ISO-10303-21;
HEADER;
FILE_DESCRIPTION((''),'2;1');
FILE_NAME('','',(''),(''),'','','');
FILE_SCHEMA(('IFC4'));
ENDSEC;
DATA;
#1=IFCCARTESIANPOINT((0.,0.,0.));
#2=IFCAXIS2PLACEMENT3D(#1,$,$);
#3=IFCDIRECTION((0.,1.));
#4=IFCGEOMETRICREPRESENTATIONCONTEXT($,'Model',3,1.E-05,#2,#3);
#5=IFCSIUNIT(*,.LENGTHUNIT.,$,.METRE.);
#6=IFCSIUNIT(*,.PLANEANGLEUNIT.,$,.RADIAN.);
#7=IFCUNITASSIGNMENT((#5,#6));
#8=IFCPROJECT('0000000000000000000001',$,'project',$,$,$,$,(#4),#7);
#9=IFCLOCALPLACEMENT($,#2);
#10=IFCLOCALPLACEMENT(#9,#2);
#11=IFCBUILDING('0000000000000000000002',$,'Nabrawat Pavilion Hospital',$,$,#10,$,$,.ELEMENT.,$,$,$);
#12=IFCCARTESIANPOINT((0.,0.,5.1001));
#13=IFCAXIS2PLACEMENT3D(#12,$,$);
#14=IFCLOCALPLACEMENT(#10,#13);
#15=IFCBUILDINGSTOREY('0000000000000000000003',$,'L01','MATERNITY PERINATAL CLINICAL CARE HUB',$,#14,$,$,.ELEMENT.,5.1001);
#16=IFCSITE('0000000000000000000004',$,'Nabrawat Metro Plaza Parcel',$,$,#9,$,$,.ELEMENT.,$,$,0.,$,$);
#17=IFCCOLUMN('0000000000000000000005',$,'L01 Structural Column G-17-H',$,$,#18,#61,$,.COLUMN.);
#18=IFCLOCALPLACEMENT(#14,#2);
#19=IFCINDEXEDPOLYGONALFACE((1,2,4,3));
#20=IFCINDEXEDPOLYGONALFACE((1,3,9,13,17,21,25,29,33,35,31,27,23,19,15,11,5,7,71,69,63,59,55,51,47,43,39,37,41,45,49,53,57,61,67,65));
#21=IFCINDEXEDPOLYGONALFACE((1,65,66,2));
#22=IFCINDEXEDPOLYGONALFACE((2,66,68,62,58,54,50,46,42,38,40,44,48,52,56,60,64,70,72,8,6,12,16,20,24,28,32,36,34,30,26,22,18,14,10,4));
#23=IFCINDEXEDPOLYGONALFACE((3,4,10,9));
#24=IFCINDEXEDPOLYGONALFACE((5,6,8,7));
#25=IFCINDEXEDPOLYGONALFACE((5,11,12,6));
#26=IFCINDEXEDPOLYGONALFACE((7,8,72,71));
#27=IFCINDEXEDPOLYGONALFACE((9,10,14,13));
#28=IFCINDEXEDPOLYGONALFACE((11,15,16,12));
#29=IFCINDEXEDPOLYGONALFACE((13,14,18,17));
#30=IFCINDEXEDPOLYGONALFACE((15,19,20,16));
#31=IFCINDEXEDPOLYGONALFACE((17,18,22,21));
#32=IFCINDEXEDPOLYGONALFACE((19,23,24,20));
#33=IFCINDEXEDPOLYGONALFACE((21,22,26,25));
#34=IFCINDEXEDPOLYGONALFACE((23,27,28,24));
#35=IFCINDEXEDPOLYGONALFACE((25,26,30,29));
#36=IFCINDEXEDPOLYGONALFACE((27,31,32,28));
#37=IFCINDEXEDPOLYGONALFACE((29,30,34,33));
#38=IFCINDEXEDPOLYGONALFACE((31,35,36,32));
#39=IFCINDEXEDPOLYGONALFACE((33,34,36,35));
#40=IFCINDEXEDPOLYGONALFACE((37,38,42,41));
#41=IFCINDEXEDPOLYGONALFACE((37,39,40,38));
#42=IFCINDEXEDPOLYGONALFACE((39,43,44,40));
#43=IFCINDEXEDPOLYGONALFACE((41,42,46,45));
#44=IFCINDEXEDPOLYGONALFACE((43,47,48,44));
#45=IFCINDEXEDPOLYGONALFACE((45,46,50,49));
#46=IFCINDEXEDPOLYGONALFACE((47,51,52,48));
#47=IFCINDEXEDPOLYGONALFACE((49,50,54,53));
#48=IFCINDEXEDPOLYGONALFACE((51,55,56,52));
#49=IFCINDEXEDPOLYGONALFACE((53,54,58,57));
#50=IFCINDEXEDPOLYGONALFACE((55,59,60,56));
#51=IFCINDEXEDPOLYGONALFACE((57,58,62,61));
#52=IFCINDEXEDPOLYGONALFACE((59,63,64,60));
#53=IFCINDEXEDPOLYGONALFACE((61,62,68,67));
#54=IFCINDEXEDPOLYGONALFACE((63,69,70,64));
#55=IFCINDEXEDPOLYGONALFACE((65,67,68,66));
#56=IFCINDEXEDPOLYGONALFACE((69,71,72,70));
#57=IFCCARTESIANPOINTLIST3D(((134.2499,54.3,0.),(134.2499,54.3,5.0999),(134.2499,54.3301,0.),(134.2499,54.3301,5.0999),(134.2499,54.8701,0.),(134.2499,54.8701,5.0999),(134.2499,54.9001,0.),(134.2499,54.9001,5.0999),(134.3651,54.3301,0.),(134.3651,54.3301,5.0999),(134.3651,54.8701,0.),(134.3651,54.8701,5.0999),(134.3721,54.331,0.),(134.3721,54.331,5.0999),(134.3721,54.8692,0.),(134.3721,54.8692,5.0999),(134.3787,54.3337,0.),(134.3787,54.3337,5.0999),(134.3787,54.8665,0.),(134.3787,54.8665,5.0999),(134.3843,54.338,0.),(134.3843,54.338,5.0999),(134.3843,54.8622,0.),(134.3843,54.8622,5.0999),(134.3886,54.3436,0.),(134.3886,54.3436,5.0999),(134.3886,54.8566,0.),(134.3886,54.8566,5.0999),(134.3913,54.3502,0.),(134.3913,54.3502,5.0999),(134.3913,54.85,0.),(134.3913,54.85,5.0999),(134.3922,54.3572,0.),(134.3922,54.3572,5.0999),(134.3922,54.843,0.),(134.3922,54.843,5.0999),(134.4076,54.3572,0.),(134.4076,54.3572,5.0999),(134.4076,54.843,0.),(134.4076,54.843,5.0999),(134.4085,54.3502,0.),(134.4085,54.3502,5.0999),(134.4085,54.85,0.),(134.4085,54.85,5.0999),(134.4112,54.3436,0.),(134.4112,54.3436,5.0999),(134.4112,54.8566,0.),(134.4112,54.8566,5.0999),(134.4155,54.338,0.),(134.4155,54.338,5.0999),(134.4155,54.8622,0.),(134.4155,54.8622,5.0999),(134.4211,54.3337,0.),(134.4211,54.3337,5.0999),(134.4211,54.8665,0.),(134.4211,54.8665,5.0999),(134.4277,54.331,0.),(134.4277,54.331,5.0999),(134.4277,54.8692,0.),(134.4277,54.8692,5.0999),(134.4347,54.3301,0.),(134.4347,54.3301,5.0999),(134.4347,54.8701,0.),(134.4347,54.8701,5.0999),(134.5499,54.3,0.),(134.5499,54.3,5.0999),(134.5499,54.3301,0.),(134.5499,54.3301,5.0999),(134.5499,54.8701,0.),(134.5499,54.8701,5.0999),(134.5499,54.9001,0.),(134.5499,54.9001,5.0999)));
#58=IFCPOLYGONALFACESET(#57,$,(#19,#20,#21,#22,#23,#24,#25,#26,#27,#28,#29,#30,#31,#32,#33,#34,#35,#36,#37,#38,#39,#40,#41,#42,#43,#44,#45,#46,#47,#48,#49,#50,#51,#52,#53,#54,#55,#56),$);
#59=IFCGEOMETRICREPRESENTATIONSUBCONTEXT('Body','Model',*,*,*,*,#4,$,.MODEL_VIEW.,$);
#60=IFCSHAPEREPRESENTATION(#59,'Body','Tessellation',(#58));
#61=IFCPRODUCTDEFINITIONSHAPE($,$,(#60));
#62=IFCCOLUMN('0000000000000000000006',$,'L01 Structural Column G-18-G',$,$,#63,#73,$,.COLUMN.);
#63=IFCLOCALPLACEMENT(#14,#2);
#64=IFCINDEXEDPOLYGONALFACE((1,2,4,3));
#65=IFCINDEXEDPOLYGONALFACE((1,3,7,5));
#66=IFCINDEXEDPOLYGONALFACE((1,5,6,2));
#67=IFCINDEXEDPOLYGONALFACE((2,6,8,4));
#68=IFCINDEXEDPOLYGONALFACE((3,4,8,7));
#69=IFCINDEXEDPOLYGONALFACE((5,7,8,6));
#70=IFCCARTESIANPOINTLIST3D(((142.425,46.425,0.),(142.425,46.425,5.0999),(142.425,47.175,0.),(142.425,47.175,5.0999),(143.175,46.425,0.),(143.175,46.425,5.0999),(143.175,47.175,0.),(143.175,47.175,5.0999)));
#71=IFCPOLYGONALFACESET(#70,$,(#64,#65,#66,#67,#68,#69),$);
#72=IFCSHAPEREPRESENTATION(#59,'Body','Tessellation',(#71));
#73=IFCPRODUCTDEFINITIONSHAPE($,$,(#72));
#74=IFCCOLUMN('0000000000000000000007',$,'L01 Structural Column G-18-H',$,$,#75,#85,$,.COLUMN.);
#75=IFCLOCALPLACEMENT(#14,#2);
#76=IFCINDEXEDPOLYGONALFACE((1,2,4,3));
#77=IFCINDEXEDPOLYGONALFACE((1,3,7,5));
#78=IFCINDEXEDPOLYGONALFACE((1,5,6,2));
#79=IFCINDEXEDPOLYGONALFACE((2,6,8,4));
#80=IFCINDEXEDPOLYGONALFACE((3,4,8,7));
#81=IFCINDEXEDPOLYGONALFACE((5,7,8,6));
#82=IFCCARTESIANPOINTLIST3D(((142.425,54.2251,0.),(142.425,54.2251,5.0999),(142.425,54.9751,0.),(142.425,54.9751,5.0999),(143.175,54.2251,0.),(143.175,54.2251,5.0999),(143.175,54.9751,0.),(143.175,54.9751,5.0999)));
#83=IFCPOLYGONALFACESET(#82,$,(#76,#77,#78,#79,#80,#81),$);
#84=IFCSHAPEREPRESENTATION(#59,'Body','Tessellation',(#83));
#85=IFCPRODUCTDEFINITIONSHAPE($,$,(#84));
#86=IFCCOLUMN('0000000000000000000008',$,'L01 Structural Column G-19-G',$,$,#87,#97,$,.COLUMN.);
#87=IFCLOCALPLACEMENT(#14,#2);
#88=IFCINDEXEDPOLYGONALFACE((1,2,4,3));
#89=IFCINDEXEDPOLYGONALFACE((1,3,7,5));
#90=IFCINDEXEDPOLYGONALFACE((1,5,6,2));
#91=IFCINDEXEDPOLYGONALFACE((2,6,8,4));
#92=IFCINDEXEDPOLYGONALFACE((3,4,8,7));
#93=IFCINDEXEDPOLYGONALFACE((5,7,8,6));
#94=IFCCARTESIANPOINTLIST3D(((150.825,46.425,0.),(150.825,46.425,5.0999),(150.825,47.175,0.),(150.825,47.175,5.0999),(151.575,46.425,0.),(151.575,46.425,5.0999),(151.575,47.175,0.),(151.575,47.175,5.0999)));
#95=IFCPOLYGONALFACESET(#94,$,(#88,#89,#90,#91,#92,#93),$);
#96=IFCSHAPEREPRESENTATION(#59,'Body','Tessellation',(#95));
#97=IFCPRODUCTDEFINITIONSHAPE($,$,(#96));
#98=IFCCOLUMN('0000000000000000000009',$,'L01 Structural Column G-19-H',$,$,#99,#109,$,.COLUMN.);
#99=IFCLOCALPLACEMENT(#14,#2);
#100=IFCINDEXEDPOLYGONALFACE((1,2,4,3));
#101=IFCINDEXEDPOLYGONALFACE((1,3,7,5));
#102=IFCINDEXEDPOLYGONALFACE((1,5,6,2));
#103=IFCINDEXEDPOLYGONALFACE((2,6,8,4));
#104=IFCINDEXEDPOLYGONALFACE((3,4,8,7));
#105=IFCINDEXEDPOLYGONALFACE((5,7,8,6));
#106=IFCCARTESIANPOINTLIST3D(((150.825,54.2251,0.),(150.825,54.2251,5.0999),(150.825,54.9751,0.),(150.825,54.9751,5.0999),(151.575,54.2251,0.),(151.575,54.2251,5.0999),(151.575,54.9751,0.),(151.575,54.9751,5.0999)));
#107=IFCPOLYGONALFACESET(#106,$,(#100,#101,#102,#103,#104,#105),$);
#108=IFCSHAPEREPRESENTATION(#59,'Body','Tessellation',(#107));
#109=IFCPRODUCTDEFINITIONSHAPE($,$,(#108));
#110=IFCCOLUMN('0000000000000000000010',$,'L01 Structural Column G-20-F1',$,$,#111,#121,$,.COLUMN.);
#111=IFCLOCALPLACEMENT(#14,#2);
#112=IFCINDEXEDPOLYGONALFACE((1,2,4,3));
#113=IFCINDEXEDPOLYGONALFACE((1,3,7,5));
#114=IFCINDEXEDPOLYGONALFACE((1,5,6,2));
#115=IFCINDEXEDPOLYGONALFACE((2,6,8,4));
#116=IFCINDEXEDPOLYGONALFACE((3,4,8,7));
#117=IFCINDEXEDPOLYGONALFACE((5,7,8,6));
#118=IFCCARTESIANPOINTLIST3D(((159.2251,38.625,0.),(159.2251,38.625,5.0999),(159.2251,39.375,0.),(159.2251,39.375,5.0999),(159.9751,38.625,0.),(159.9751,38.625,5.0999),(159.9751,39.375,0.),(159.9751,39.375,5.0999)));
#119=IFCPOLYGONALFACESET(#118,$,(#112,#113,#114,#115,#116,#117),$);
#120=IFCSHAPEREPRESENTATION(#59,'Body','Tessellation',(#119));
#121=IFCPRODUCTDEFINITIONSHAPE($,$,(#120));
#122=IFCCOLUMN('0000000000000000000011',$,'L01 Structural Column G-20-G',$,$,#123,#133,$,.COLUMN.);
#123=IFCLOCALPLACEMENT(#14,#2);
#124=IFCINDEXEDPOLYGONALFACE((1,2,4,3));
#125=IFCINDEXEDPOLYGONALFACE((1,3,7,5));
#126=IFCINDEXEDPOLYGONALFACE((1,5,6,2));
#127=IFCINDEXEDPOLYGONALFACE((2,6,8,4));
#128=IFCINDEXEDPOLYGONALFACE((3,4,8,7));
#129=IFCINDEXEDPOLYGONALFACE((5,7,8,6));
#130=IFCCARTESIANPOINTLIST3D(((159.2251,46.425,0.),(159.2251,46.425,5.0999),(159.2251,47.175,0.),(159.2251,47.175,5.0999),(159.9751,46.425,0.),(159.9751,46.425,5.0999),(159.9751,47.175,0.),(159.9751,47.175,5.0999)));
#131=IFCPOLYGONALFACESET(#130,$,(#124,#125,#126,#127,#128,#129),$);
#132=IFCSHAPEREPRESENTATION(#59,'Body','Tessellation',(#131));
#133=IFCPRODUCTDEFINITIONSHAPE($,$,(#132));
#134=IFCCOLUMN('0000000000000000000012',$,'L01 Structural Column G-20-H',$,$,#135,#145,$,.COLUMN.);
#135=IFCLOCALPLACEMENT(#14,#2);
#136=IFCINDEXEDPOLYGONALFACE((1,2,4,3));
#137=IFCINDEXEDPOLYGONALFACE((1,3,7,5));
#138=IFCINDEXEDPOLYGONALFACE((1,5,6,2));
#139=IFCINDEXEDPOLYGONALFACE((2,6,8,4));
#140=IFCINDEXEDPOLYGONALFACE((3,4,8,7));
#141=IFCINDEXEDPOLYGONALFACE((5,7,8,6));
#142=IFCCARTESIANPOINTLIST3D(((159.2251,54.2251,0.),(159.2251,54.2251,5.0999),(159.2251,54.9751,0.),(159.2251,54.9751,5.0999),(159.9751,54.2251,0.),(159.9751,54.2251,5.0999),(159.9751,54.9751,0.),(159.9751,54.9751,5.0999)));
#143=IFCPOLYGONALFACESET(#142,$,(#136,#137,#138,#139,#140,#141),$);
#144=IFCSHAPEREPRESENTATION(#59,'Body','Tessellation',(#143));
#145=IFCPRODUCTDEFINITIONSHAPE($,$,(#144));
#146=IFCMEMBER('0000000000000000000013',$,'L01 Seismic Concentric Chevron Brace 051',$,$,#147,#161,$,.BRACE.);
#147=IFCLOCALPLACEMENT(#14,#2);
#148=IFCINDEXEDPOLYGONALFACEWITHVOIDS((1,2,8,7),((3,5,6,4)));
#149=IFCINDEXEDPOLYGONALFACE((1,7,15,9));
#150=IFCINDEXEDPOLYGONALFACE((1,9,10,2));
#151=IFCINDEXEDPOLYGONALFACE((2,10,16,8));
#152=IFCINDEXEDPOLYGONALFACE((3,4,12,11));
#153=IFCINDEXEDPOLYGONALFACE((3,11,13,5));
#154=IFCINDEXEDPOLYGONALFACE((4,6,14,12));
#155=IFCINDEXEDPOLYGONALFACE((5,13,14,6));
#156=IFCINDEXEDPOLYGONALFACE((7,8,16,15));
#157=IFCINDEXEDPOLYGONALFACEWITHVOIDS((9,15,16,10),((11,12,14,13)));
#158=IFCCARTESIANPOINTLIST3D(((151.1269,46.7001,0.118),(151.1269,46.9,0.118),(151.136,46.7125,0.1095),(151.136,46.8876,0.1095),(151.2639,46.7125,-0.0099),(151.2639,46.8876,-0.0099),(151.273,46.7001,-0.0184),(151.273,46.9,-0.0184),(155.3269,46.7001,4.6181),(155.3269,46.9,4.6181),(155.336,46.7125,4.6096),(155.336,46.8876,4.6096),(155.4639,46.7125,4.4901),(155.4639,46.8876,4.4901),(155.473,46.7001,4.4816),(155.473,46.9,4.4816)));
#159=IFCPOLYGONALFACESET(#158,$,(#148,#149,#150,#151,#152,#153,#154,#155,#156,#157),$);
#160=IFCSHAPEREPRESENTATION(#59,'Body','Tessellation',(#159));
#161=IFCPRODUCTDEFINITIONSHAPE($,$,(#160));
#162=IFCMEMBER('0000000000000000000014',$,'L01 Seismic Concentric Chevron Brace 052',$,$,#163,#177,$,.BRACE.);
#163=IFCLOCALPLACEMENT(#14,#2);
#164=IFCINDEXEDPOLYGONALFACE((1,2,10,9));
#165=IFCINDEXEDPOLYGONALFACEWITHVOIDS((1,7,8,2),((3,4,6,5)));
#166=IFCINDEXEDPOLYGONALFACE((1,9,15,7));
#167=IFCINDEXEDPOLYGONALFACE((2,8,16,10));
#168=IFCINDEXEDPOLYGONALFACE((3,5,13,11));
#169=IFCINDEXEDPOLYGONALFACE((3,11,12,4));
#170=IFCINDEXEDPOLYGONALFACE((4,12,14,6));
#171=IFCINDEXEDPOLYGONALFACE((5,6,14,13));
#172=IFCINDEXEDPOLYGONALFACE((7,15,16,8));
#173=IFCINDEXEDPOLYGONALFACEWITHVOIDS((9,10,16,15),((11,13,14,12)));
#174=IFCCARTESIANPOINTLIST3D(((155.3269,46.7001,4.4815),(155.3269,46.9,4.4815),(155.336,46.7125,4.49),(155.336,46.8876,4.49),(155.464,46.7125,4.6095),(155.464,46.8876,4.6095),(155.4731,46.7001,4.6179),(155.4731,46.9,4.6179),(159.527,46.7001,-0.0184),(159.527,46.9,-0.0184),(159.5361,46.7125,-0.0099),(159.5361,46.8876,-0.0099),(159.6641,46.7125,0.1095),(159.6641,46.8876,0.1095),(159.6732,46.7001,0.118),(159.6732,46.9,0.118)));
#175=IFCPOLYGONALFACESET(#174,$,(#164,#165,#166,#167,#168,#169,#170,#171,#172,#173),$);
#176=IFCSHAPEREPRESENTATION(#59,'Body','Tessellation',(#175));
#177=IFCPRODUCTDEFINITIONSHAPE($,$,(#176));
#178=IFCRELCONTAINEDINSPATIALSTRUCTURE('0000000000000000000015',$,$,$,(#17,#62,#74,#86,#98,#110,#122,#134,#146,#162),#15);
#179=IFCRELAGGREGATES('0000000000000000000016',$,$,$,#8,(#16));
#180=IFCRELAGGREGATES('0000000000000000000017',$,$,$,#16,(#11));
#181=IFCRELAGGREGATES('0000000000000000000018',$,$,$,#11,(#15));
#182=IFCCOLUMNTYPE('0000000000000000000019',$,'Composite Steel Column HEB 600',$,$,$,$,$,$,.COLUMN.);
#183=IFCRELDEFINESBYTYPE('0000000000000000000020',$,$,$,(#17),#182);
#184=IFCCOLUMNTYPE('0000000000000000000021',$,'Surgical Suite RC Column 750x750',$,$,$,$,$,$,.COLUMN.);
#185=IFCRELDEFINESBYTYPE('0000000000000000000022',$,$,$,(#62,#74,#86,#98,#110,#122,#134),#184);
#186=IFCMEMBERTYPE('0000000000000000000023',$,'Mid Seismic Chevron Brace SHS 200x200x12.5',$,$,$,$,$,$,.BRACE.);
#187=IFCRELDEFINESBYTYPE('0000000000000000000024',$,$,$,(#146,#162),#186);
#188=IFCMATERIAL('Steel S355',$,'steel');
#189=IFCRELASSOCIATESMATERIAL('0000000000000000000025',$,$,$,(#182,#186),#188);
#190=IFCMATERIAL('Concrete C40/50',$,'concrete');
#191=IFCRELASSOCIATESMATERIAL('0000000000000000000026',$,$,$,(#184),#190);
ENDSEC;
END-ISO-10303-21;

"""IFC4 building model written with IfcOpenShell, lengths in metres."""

from ifc_helpers import new_model, si_unit, direction, frame, origin, origin_2d, place, context, subcontext, project, spatial, rectangle, hollow_rectangle, i_section, extrude, material, material_profile, profile_set, type_object, element, save


model = new_model("IFC4")

# Units and contexts
model_context = context("Model", 3, precision=1e-05, world=origin(), true_north=direction((0.0, 1.0)))
body_context = subcontext(model_context, "Body", "Model", "MODEL_VIEW")
ifc_project = project(units=[si_unit("LENGTHUNIT", "METRE"), si_unit("PLANEANGLEUNIT", "RADIAN")], contexts=[model_context])

# Site, building, storey
site_placement = place(None, origin())
site = spatial("IfcSite", under=ifc_project, at=site_placement, Name="Nabrawat Metro Plaza Parcel", CompositionType="ELEMENT", RefElevation=0.0)
building_placement = place(site_placement, origin())
building = spatial("IfcBuilding", under=site, at=building_placement, Name="Nabrawat Pavilion Hospital", CompositionType="ELEMENT")
storey_placement = place(building_placement, frame((0.0, 0.0, 5.1001)))
storey = spatial("IfcBuildingStorey", under=building, at=storey_placement, Name="L01", Description="MATERNITY PERINATAL CLINICAL CARE HUB", CompositionType="ELEMENT", Elevation=5.1001)

# Columns
ifc_material_1 = material(Name="Steel S355", Category="steel")
ifc_material_profile_1 = material_profile(ifc_material_1, i_section(OverallWidth=0.3, OverallDepth=0.6001, WebThickness=0.0154, FlangeThickness=0.03, FilletRadius=0.0271, at=origin_2d()), Name="HEB 600")
ifc_profile_set_1 = profile_set([ifc_material_profile_1], Name="Steel S355")
column_type_1 = type_object("IfcColumnType", Name="Composite Steel Column HEB 600", PredefinedType="COLUMN", material=ifc_profile_set_1)
column_placement = place(storey_placement, frame((134.3999, 54.6001, 0.0), z_axis=(0.0, 0.0, 1.0), x_axis=(1.0, 0.0, 0.0)))
element("IfcColumn", 1, at=column_placement, inside=storey, type_object=column_type_1, Name="L01 Structural Column G-17-H", PredefinedType="COLUMN", context=body_context, shape_type="SweptSolid", body=[
    extrude(i_section(OverallWidth=0.3, OverallDepth=0.6001, WebThickness=0.0154, FlangeThickness=0.03, FilletRadius=0.0271, at=origin_2d()), origin(), (0.0, 0.0, 1.0), 5.0999),
])
ifc_material_2 = material(Name="Concrete C40/50", Category="concrete")
ifc_material_profile_2 = material_profile(ifc_material_2, rectangle(XDim=0.75, YDim=0.75, at=origin_2d()), Name="RC 750x750")
ifc_profile_set_2 = profile_set([ifc_material_profile_2], Name="Concrete C40/50")
column_type_2 = type_object("IfcColumnType", Name="Surgical Suite RC Column 750x750", PredefinedType="COLUMN", material=ifc_profile_set_2)
for number, where, z_axis, x_axis, name in (
    (2, (142.8, 46.8, 0.0), (0.0, 0.0, 1.0), (1.0, 0.0, 0.0), "L01 Structural Column G-18-G"),
    (3, (142.8, 54.6001, 0.0), (0.0, 0.0, 1.0), (1.0, 0.0, 0.0), "L01 Structural Column G-18-H"),
    (4, (151.2, 46.8, 0.0), (0.0, 0.0, 1.0), (1.0, 0.0, 0.0), "L01 Structural Column G-19-G"),
    (5, (151.2, 54.6001, 0.0), (0.0, 0.0, 1.0), (1.0, 0.0, 0.0), "L01 Structural Column G-19-H"),
    (6, (159.6001, 39.0, 0.0), (0.0, 0.0, 1.0), (1.0, 0.0, 0.0), "L01 Structural Column G-20-F1"),
    (7, (159.6001, 46.8, 0.0), (0.0, 0.0, 1.0), (1.0, 0.0, 0.0), "L01 Structural Column G-20-G"),
    (8, (159.6001, 54.6001, 0.0), (0.0, 0.0, 1.0), (1.0, 0.0, 0.0), "L01 Structural Column G-20-H"),
):
    element("IfcColumn", number, at=place(storey_placement, frame(where, z_axis=z_axis, x_axis=x_axis)), inside=storey, type_object=column_type_2, Name=name, PredefinedType="COLUMN", context=body_context, shape_type="SweptSolid", body=[
        extrude(rectangle(XDim=0.75, YDim=0.75, at=origin_2d()), origin(), (0.0, 0.0, 1.0), 5.0999),
    ])

# Members
ifc_material_profile_3 = material_profile(ifc_material_1, hollow_rectangle(XDim=0.2, YDim=0.2, WallThickness=0.0125, at=origin_2d()), Name="SHS 200x200x12.5")
ifc_profile_set_3 = profile_set([ifc_material_profile_3], Name="Steel S355")
member_type = type_object("IfcMemberType", Name="Mid Seismic Chevron Brace SHS 200x200x12.5", PredefinedType="BRACE", material=ifc_profile_set_3)
for number, where, z_axis, x_axis, name in (
    (9, (151.2, 46.8, 0.0498), (0.682314, 0.0, 0.731059), (0.0, 1.0, 0.0), "L01 Seismic Concentric Chevron Brace 051"),
    (10, (159.6001, 46.8, 0.0498), (-0.682335, 0.0, 0.731039), (0.0, -1.0, 0.0), "L01 Seismic Concentric Chevron Brace 052"),
):
    element("IfcMember", number, at=place(storey_placement, frame(where, z_axis=z_axis, x_axis=x_axis)), inside=storey, type_object=member_type, Name=name, PredefinedType="BRACE", context=body_context, shape_type="SweptSolid", body=[
        extrude(hollow_rectangle(XDim=0.2, YDim=0.2, WallThickness=0.0125, at=origin_2d()), origin(), (0.0, 0.0, 1.0), 6.1555),
    ])

save(model, "model.ifc")
